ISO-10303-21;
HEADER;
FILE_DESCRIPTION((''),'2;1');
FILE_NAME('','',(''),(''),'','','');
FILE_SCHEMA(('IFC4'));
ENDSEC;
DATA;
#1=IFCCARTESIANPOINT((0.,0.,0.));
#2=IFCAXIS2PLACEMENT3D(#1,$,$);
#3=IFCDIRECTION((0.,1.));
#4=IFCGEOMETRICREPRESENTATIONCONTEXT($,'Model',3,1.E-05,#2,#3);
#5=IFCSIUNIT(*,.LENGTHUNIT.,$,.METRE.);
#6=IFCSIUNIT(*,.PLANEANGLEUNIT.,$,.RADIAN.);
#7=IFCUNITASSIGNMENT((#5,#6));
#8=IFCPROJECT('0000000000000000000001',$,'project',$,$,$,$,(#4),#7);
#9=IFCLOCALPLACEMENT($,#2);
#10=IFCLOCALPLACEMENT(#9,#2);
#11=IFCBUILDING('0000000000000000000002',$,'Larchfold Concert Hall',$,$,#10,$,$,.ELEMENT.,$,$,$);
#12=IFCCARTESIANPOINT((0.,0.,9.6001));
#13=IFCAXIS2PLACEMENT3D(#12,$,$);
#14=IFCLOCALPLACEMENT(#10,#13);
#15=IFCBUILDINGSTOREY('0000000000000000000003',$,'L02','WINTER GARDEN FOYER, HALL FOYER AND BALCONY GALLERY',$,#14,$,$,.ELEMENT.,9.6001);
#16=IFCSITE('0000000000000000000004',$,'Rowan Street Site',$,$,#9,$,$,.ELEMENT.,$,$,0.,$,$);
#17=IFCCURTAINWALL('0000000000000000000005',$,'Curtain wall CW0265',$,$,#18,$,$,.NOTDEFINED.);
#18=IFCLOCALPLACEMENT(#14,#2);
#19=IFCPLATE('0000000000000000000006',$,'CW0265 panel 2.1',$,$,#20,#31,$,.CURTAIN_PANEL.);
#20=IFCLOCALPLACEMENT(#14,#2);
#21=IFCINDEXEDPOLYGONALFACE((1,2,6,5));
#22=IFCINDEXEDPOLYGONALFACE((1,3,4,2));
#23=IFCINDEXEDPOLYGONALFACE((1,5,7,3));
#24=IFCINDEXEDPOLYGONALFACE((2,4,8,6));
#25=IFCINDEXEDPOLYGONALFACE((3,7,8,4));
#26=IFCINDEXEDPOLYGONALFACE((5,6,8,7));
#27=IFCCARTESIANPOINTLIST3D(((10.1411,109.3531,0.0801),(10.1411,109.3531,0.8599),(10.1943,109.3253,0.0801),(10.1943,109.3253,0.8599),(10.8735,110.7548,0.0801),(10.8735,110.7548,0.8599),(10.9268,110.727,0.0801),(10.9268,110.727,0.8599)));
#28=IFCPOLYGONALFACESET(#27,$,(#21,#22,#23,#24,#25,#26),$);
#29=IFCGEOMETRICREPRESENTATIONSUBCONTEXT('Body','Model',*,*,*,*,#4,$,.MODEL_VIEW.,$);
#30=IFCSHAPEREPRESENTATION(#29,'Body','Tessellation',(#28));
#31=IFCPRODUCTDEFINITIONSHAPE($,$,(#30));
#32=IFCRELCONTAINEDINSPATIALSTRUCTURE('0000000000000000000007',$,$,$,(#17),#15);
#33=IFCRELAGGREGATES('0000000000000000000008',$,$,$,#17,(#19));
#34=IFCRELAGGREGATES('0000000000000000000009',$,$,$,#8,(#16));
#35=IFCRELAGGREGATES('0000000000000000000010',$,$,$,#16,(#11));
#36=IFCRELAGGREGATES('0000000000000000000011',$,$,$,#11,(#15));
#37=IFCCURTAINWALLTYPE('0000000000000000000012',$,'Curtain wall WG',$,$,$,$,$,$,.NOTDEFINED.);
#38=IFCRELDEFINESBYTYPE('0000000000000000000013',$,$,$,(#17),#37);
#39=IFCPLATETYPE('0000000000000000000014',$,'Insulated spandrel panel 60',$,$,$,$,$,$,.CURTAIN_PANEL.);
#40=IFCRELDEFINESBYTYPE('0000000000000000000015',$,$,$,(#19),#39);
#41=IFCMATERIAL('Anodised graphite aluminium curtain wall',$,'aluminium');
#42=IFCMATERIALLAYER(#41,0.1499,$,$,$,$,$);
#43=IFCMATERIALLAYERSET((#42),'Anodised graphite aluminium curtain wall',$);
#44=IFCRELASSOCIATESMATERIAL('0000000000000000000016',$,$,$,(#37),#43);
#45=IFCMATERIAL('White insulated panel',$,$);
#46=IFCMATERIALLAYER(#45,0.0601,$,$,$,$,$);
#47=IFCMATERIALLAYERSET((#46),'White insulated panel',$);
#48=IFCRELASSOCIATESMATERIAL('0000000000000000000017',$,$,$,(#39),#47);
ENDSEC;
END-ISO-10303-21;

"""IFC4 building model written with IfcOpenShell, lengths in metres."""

from ifc_helpers import new_model, si_unit, direction, frame, origin, origin_2d, place, context, subcontext, project, spatial, rectangle, extrude, material, layer, layer_set, type_object, element, aggregate, save


model = new_model("IFC4")

# Units and contexts
model_context = context("Model", 3, precision=1e-05, world=origin(), true_north=direction((0.0, 1.0)))
body_context = subcontext(model_context, "Body", "Model", "MODEL_VIEW")
ifc_project = project(units=[si_unit("LENGTHUNIT", "METRE"), si_unit("PLANEANGLEUNIT", "RADIAN")], contexts=[model_context])

# Site, building, storey
site_placement = place(None, origin())
site = spatial("IfcSite", under=ifc_project, at=site_placement, Name="Rowan Street Site", CompositionType="ELEMENT", RefElevation=0.0)
building_placement = place(site_placement, origin())
building = spatial("IfcBuilding", under=site, at=building_placement, Name="Larchfold Concert Hall", CompositionType="ELEMENT")
storey_placement = place(building_placement, frame((0.0, 0.0, 9.6001)))
storey = spatial("IfcBuildingStorey", under=building, at=storey_placement, Name="L02", Description="WINTER GARDEN FOYER, HALL FOYER AND BALCONY GALLERY", CompositionType="ELEMENT", Elevation=9.6001)

# Shared definitions
ifc_material_1 = material(Name="Anodised graphite aluminium curtain wall", Category="aluminium")
ifc_layer_1 = layer(ifc_material_1, 0.1499)
ifc_layer_set_1 = layer_set([ifc_layer_1], Name="Anodised graphite aluminium curtain wall")
curtain_wall_type = type_object("IfcCurtainWallType", Name="Curtain wall WG", PredefinedType="NOTDEFINED", material=ifc_layer_set_1)

# Curtain wall
curtain_wall_1_placement = place(storey_placement, origin())
curtain_wall_1 = element("IfcCurtainWall", 1, at=curtain_wall_1_placement, inside=storey, type_object=curtain_wall_type, Name="Curtain wall CW0265", PredefinedType="NOTDEFINED")

# Plate
ifc_material_2 = material(Name="White insulated panel")
ifc_layer_2 = layer(ifc_material_2, 0.0601)
ifc_layer_set_2 = layer_set([ifc_layer_2], Name="White insulated panel")
plate_type_1 = type_object("IfcPlateType", Name="Insulated spandrel panel 60", PredefinedType="CURTAIN_PANEL", material=ifc_layer_set_2)
plate_1_placement = place(storey_placement, frame((10.5339, 110.04, 0.0801), z_axis=(0.0, 0.0, 1.0), x_axis=(-0.46312, -0.886296, 0.0)))
plate_1 = element("IfcPlate", 2, at=plate_1_placement, type_object=plate_type_1, Name="CW0265 panel 2.1", PredefinedType="CURTAIN_PANEL", context=body_context, shape_type="SweptSolid", body=[
    extrude(rectangle(XDim=1.5815, YDim=0.0601, at=origin_2d()), origin(), (0.0, 0.0, 1.0), 0.7798),
])
aggregate(curtain_wall_1, [plate_1])

save(model, "model.ifc")
